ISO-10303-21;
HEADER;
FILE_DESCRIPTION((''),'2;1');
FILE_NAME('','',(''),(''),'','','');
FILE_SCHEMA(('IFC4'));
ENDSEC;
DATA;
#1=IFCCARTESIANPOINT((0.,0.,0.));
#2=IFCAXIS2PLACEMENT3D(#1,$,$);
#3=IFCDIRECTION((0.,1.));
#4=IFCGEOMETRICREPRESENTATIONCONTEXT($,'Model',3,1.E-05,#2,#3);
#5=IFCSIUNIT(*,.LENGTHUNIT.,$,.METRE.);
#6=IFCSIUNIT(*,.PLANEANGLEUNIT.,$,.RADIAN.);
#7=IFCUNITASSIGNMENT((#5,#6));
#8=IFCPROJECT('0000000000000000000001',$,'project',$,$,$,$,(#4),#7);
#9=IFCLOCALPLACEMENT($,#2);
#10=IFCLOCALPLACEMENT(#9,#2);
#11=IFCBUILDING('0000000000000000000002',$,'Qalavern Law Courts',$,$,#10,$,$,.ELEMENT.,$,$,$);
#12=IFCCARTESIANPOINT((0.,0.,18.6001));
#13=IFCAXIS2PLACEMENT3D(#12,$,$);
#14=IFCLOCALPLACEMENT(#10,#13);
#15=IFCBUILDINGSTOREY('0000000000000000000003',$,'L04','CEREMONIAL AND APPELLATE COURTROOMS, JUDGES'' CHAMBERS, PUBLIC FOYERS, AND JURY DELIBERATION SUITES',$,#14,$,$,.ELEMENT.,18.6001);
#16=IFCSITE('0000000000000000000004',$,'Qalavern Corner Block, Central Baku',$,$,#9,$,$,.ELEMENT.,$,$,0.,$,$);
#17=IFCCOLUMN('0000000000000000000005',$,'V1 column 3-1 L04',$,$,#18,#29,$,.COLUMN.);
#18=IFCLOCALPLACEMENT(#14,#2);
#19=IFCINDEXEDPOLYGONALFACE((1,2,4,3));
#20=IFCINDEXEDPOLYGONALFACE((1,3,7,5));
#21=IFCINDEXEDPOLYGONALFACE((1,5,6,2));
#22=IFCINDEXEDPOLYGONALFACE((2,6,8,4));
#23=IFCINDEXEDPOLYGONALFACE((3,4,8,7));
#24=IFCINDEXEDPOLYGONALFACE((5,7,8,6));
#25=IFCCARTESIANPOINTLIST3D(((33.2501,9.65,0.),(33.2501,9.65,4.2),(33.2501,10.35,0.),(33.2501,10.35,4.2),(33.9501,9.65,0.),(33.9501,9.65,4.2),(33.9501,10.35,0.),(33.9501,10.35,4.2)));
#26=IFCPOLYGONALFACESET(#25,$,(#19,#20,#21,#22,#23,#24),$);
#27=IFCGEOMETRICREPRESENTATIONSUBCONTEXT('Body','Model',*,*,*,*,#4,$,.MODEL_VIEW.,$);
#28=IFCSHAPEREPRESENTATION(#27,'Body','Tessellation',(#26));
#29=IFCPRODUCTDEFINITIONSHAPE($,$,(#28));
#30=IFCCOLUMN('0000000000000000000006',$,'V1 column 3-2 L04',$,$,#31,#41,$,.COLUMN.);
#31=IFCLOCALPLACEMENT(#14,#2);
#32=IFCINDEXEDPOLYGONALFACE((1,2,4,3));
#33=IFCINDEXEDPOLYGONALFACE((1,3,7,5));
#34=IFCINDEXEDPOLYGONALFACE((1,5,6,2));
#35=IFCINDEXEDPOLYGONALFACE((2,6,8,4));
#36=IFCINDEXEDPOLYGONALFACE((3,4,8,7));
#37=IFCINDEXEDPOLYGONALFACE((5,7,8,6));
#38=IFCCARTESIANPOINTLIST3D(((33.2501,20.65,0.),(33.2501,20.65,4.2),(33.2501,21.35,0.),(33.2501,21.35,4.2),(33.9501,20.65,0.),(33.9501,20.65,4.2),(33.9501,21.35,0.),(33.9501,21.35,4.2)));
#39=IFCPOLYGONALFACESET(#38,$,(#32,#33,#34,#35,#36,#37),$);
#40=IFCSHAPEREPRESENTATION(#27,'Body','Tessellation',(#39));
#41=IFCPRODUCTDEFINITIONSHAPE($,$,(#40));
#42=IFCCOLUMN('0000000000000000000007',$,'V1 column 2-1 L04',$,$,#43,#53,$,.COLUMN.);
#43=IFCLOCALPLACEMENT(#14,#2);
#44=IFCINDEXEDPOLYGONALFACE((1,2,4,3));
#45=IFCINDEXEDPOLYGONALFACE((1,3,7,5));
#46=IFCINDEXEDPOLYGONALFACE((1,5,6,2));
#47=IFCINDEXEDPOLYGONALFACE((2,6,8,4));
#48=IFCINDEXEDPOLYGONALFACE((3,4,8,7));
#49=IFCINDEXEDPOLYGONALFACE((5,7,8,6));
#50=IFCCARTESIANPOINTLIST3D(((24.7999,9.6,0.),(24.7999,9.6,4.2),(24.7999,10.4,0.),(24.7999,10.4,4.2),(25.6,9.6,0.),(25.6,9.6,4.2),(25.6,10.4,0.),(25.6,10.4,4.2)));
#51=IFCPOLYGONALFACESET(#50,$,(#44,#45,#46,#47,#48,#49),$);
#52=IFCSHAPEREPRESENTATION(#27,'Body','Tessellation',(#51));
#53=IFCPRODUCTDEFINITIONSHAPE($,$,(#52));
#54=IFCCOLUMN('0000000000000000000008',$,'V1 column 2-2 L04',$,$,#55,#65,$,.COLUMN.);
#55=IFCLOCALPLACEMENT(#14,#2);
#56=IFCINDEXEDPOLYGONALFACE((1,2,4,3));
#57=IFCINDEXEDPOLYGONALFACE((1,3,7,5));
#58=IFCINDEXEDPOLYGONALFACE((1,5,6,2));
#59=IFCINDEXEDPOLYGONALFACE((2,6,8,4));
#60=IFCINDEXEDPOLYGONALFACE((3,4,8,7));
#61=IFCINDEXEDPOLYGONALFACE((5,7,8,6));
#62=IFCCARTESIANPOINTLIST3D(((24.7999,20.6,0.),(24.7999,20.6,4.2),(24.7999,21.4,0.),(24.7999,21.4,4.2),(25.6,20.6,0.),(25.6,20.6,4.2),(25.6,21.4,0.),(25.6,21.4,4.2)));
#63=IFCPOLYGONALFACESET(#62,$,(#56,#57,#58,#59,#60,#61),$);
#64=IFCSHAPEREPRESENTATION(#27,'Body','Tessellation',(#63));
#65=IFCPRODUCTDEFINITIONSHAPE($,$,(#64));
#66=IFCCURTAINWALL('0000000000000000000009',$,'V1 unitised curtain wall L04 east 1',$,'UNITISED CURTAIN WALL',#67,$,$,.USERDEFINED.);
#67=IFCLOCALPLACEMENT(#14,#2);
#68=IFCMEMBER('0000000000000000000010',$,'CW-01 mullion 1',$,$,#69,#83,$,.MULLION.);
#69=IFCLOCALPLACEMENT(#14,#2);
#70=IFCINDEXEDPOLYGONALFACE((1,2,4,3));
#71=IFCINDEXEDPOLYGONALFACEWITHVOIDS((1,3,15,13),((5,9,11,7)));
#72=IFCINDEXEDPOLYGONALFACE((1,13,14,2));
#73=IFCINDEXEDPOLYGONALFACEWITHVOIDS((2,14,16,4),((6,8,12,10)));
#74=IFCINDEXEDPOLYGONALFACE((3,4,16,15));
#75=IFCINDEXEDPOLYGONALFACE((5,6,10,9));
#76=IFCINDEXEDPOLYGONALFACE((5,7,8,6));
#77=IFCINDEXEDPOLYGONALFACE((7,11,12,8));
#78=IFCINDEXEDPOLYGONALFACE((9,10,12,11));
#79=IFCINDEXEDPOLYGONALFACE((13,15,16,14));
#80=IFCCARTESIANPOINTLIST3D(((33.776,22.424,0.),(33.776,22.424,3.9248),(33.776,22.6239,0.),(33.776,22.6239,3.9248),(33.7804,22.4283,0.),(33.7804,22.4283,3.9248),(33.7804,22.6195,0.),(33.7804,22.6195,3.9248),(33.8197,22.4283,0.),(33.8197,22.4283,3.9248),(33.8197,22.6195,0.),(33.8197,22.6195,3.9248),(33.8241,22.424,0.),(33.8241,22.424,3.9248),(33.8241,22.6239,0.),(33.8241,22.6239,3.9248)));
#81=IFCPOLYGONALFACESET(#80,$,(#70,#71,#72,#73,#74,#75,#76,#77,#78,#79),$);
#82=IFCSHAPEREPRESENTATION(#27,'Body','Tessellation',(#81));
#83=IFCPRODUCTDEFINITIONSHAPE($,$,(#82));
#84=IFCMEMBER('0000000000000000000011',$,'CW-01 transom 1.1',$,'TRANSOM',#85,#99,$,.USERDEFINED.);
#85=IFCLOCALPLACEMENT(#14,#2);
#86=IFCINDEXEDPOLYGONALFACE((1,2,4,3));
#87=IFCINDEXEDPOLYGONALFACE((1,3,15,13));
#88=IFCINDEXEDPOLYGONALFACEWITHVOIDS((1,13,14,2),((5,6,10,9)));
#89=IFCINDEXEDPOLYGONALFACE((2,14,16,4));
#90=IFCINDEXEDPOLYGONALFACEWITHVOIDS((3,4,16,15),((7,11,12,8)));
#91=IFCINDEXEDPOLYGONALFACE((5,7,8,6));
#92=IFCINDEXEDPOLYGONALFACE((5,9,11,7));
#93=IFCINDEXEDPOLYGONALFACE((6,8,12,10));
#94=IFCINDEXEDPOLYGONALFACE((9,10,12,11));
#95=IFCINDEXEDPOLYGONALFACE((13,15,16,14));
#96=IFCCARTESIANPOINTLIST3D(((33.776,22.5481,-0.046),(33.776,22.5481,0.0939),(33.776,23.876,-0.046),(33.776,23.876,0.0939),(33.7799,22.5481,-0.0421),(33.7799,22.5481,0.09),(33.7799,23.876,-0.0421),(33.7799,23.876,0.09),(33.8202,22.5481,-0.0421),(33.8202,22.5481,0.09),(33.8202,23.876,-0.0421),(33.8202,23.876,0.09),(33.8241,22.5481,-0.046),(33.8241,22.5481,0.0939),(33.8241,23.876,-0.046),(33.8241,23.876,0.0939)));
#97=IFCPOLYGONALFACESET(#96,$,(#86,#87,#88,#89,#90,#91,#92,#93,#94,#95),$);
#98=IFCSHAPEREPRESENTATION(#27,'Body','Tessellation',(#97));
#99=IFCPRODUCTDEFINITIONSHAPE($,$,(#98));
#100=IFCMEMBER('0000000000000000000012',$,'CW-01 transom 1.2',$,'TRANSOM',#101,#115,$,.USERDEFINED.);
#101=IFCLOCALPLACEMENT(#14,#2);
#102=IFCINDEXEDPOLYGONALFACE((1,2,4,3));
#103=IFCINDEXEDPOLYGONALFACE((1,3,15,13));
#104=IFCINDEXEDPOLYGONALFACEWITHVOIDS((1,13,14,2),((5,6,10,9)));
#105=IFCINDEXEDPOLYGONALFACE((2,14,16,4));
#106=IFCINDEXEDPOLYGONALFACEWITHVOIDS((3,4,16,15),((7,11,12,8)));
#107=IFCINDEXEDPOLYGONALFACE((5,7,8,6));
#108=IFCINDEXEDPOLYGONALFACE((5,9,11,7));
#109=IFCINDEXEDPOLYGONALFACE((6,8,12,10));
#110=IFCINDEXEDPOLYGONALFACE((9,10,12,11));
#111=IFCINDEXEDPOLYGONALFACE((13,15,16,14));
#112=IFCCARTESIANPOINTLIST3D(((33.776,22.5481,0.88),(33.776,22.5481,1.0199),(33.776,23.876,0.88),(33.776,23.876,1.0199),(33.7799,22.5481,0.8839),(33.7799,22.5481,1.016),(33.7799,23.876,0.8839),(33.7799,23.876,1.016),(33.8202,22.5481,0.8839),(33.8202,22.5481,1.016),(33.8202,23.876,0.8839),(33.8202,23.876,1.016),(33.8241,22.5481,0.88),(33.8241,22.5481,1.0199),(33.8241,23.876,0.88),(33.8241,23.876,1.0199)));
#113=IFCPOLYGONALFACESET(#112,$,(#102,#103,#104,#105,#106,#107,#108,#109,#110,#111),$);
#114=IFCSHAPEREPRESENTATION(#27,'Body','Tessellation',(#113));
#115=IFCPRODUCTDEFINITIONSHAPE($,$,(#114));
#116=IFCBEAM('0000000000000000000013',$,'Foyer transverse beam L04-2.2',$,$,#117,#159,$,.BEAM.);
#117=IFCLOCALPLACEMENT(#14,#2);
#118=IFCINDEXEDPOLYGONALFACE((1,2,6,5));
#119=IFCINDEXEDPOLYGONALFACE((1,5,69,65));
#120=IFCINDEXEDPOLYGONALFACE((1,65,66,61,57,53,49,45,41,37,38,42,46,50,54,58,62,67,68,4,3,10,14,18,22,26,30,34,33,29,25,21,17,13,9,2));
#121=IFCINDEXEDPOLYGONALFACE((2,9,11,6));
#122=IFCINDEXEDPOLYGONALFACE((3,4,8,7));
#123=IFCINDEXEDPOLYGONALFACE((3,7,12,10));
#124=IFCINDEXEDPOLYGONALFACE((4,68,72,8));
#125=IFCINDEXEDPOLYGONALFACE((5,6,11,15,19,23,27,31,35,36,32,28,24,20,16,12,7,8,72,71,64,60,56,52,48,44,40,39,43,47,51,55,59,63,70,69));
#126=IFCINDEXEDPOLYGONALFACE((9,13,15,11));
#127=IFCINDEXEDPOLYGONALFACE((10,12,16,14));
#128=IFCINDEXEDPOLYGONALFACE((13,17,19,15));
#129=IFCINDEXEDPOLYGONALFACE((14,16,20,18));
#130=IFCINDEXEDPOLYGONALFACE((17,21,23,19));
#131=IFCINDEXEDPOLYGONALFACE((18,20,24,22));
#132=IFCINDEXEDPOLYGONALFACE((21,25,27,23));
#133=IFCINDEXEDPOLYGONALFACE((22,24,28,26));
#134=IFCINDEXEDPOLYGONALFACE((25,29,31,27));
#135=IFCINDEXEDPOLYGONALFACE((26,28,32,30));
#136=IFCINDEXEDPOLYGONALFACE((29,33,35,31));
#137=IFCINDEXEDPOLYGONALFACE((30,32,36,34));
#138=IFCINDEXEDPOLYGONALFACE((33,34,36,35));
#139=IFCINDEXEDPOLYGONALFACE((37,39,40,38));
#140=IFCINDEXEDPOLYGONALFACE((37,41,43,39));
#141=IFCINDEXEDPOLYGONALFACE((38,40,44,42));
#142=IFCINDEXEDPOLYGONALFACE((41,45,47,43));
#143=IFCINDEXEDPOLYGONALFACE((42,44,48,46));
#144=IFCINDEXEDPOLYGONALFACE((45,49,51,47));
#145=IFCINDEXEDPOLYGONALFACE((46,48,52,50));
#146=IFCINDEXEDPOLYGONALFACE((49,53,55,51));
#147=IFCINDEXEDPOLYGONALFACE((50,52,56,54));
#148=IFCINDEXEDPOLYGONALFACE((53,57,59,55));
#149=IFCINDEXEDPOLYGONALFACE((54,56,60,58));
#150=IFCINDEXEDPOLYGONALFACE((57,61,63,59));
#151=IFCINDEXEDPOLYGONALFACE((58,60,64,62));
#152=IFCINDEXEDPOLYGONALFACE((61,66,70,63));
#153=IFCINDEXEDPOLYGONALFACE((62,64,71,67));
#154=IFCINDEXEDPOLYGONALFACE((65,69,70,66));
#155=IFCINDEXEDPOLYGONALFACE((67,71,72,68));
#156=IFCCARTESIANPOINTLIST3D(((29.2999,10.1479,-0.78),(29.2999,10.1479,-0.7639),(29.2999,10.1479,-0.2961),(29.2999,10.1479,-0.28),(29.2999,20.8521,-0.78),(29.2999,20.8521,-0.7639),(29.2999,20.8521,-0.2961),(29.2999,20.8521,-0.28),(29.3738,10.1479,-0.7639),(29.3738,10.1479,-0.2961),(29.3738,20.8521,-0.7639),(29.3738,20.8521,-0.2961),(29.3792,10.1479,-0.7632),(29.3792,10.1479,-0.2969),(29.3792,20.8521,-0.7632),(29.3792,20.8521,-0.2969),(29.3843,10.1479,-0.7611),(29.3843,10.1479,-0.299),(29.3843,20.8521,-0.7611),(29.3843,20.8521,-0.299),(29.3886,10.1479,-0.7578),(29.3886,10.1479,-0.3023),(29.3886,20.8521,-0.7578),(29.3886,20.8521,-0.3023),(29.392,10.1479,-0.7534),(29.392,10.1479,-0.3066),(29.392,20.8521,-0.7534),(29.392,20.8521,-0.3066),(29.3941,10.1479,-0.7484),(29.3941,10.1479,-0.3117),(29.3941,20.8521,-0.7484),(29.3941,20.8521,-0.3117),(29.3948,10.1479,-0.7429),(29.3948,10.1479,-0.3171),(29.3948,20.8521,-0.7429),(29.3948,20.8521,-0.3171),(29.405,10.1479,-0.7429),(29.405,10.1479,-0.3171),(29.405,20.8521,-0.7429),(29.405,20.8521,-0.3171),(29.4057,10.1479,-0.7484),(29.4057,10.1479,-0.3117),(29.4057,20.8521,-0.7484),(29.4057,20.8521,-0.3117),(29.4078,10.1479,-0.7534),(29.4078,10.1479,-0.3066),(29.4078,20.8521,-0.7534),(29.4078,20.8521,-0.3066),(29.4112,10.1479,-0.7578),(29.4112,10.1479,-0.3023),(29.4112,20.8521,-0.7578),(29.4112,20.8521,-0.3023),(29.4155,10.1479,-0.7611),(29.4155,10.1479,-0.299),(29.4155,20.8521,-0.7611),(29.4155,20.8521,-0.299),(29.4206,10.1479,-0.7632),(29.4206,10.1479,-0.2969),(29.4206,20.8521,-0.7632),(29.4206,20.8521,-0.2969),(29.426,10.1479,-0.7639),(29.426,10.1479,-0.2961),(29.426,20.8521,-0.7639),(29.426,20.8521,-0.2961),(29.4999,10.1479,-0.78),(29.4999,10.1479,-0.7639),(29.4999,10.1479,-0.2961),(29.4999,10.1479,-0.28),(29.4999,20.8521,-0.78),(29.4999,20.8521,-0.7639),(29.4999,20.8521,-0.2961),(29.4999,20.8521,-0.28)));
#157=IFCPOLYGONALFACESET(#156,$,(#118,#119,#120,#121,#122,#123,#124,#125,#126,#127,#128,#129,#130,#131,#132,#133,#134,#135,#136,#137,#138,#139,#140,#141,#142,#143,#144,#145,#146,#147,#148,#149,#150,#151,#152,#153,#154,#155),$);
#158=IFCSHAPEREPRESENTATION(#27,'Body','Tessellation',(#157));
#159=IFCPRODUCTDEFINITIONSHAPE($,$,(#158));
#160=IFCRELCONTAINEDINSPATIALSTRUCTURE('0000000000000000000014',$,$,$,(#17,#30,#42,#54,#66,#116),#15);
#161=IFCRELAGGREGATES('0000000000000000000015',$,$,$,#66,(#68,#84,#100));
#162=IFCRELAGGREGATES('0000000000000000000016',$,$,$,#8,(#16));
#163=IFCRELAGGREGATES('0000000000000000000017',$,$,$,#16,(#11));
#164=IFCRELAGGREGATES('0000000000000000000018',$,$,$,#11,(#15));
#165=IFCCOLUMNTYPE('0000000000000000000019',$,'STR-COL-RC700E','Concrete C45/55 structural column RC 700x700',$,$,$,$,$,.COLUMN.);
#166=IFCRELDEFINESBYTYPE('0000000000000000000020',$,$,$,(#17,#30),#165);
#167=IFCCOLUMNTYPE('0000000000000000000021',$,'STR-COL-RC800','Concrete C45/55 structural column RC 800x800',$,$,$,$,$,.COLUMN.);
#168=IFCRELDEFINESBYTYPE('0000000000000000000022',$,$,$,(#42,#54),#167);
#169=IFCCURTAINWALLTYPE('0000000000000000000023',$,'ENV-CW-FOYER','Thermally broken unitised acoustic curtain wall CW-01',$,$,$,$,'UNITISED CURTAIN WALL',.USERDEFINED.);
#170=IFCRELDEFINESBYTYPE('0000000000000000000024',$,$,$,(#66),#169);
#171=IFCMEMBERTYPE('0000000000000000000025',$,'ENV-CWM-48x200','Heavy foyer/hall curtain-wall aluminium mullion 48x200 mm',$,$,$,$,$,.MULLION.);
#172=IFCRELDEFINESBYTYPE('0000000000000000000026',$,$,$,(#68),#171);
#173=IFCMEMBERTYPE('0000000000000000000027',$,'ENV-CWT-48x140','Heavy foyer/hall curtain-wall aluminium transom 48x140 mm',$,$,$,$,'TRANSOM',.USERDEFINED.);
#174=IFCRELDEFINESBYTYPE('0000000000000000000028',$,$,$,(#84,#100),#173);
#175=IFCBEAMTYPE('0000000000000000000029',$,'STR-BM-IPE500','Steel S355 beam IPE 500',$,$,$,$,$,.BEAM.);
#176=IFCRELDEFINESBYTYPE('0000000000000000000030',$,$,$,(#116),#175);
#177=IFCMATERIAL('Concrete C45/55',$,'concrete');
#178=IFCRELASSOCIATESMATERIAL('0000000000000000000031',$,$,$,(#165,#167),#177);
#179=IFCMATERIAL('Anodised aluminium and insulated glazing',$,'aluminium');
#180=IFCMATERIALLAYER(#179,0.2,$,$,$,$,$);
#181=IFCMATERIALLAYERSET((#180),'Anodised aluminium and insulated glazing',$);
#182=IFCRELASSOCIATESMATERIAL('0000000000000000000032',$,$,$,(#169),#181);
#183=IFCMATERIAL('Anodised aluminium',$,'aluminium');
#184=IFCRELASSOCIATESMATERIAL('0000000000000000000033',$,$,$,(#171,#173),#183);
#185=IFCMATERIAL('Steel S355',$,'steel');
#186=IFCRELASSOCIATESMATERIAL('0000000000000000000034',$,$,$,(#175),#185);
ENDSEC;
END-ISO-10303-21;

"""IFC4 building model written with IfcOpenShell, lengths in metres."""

from ifc_helpers import new_model, si_unit, direction, frame, origin, origin_2d, place, context, subcontext, project, spatial, rectangle, hollow_rectangle, i_section, extrude, material, layer, layer_set, material_profile, profile_set, type_object, element, aggregate, save


model = new_model("IFC4")

# Units and contexts
model_context = context("Model", 3, precision=1e-05, world=origin(), true_north=direction((0.0, 1.0)))
body_context = subcontext(model_context, "Body", "Model", "MODEL_VIEW")
ifc_project = project(units=[si_unit("LENGTHUNIT", "METRE"), si_unit("PLANEANGLEUNIT", "RADIAN")], contexts=[model_context])

# Site, building, storey
site_placement = place(None, origin())
site = spatial("IfcSite", under=ifc_project, at=site_placement, Name="Qalavern Corner Block, Central Baku", CompositionType="ELEMENT", RefElevation=0.0)
building_placement = place(site_placement, origin())
building = spatial("IfcBuilding", under=site, at=building_placement, Name="Qalavern Law Courts", CompositionType="ELEMENT")
storey_placement = place(building_placement, frame((0.0, 0.0, 18.6001)))
storey = spatial("IfcBuildingStorey", under=building, at=storey_placement, Name="L04", Description="CEREMONIAL AND APPELLATE COURTROOMS, JUDGES' CHAMBERS, PUBLIC FOYERS, AND JURY DELIBERATION SUITES", CompositionType="ELEMENT", Elevation=18.6001)

# Columns
ifc_material_1 = material(Name="Concrete C45/55", Category="concrete")
ifc_material_profile_1 = material_profile(ifc_material_1, rectangle(XDim=0.7, YDim=0.7, at=origin_2d()), Name="RC 700x700")
ifc_profile_set_1 = profile_set([ifc_material_profile_1], Name="Concrete C45/55")
column_type_1 = type_object("IfcColumnType", Name="STR-COL-RC700E", Description="Concrete C45/55 structural column RC 700x700", PredefinedType="COLUMN", material=ifc_profile_set_1)
for number, where, z_axis, x_axis, name in (
    (1, (33.6001, 10.0, 0.0), (0.0, 0.0, 1.0), (1.0, 0.0, 0.0), "V1 column 3-1 L04"),
    (2, (33.6001, 21.0, 0.0), (0.0, 0.0, 1.0), (1.0, 0.0, 0.0), "V1 column 3-2 L04"),
):
    element("IfcColumn", number, at=place(storey_placement, frame(where, z_axis=z_axis, x_axis=x_axis)), inside=storey, type_object=column_type_1, Name=name, PredefinedType="COLUMN", context=body_context, shape_type="SweptSolid", body=[
        extrude(rectangle(XDim=0.7, YDim=0.7, at=origin_2d()), origin(), (0.0, 0.0, 1.0), 4.2),
    ])
ifc_material_profile_2 = material_profile(ifc_material_1, rectangle(XDim=0.8, YDim=0.8, at=origin_2d()), Name="RC 800x800")
ifc_profile_set_2 = profile_set([ifc_material_profile_2], Name="Concrete C45/55")
column_type_2 = type_object("IfcColumnType", Name="STR-COL-RC800", Description="Concrete C45/55 structural column RC 800x800", PredefinedType="COLUMN", material=ifc_profile_set_2)
for number, where, z_axis, x_axis, name in (
    (3, (25.2, 10.0, 0.0), (0.0, 0.0, 1.0), (1.0, 0.0, 0.0), "V1 column 2-1 L04"),
    (4, (25.2, 21.0, 0.0), (0.0, 0.0, 1.0), (1.0, 0.0, 0.0), "V1 column 2-2 L04"),
):
    element("IfcColumn", number, at=place(storey_placement, frame(where, z_axis=z_axis, x_axis=x_axis)), inside=storey, type_object=column_type_2, Name=name, PredefinedType="COLUMN", context=body_context, shape_type="SweptSolid", body=[
        extrude(rectangle(XDim=0.8, YDim=0.8, at=origin_2d()), origin(), (0.0, 0.0, 1.0), 4.2),
    ])

# Curtain wall, members
ifc_material_2 = material(Name="Anodised aluminium and insulated glazing", Category="aluminium")
ifc_layer_1 = layer(ifc_material_2, 0.2)
ifc_layer_set_1 = layer_set([ifc_layer_1], Name="Anodised aluminium and insulated glazing")
curtain_wall_type = type_object("IfcCurtainWallType", Name="ENV-CW-FOYER", Description="Thermally broken unitised acoustic curtain wall CW-01", ElementType="UNITISED CURTAIN WALL", PredefinedType="USERDEFINED", material=ifc_layer_set_1)
curtain_wall_placement = place(storey_placement, origin())
curtain_wall = element("IfcCurtainWall", 5, at=curtain_wall_placement, inside=storey, type_object=curtain_wall_type, Name="V1 unitised curtain wall L04 east 1", ObjectType="UNITISED CURTAIN WALL", PredefinedType="USERDEFINED")
ifc_material_3 = material(Name="Anodised aluminium", Category="aluminium")
ifc_material_profile_3 = material_profile(ifc_material_3, hollow_rectangle(XDim=0.0481, YDim=0.2, WallThickness=0.0044, at=origin_2d()), Name="ALU MULLION 48x200")
ifc_profile_set_3 = profile_set([ifc_material_profile_3], Name="Anodised aluminium")
member_type_1 = type_object("IfcMemberType", Name="ENV-CWM-48x200", Description="Heavy foyer/hall curtain-wall aluminium mullion 48x200 mm", PredefinedType="MULLION", material=ifc_profile_set_3)
member_1_placement = place(storey_placement, frame((33.8, 22.5239, 0.0), z_axis=(0.0, 0.0, 1.0), x_axis=(-1.0, 0.0, 0.0)))
member_1 = element("IfcMember", 6, at=member_1_placement, type_object=member_type_1, Name="CW-01 mullion 1", PredefinedType="MULLION", context=body_context, shape_type="SweptSolid", body=[
    extrude(hollow_rectangle(XDim=0.0481, YDim=0.2, WallThickness=0.0044, at=origin_2d()), origin(), (0.0, 0.0, 1.0), 3.9248),
])
ifc_material_profile_4 = material_profile(ifc_material_3, hollow_rectangle(XDim=0.0481, YDim=0.1399, WallThickness=0.0039, at=origin_2d()), Name="ALU TRANSOM 48x140")
ifc_profile_set_4 = profile_set([ifc_material_profile_4], Name="Anodised aluminium")
member_type_2 = type_object("IfcMemberType", Name="ENV-CWT-48x140", Description="Heavy foyer/hall curtain-wall aluminium transom 48x140 mm", ElementType="TRANSOM", PredefinedType="USERDEFINED", material=ifc_profile_set_4)
member_2_placement = place(storey_placement, frame((33.8, 22.5481, 0.0239), z_axis=(0.0, 1.0, 0.0), x_axis=(-1.0, 0.0, 0.0)))
member_2 = element("IfcMember", 7, at=member_2_placement, type_object=member_type_2, Name="CW-01 transom 1.1", ObjectType="TRANSOM", PredefinedType="USERDEFINED", context=body_context, shape_type="SweptSolid", body=[
    extrude(hollow_rectangle(XDim=0.0481, YDim=0.1399, WallThickness=0.0039, at=origin_2d()), origin(), (0.0, 0.0, 1.0), 1.3279),
])
member_3_placement = place(storey_placement, frame((33.8, 22.5481, 0.95), z_axis=(0.0, 1.0, 0.0), x_axis=(-1.0, 0.0, 0.0)))
member_3 = element("IfcMember", 8, at=member_3_placement, type_object=member_type_2, Name="CW-01 transom 1.2", ObjectType="TRANSOM", PredefinedType="USERDEFINED", context=body_context, shape_type="SweptSolid", body=[
    extrude(hollow_rectangle(XDim=0.0481, YDim=0.1399, WallThickness=0.0039, at=origin_2d()), origin(), (0.0, 0.0, 1.0), 1.3279),
])
aggregate(curtain_wall, [member_1, member_2, member_3])

# Beam
ifc_material_4 = material(Name="Steel S355", Category="steel")
ifc_material_profile_5 = material_profile(ifc_material_4, i_section(OverallWidth=0.2, OverallDepth=0.5, WebThickness=0.0103, FlangeThickness=0.0161, FilletRadius=0.021, at=origin_2d()), Name="IPE 500")
ifc_profile_set_5 = profile_set([ifc_material_profile_5], Name="Steel S355")
beam_type_1 = type_object("IfcBeamType", Name="STR-BM-IPE500", Description="Steel S355 beam IPE 500", PredefinedType="BEAM", material=ifc_profile_set_5)
for number, where, z_axis, x_axis, name in (
    (9, (29.3999, 10.1479, -0.53), (0.0, 1.0, 0.0), (-1.0, 0.0, 0.0), "Foyer transverse beam L04-2.2"),
):
    element("IfcBeam", number, at=place(storey_placement, frame(where, z_axis=z_axis, x_axis=x_axis)), inside=storey, type_object=beam_type_1, Name=name, PredefinedType="BEAM", context=body_context, shape_type="SweptSolid", body=[
        extrude(i_section(OverallWidth=0.2, OverallDepth=0.5, WebThickness=0.0103, FlangeThickness=0.0161, FilletRadius=0.021, at=origin_2d()), origin(), (0.0, 0.0, 1.0), 10.7041),
    ])

save(model, "model.ifc")
